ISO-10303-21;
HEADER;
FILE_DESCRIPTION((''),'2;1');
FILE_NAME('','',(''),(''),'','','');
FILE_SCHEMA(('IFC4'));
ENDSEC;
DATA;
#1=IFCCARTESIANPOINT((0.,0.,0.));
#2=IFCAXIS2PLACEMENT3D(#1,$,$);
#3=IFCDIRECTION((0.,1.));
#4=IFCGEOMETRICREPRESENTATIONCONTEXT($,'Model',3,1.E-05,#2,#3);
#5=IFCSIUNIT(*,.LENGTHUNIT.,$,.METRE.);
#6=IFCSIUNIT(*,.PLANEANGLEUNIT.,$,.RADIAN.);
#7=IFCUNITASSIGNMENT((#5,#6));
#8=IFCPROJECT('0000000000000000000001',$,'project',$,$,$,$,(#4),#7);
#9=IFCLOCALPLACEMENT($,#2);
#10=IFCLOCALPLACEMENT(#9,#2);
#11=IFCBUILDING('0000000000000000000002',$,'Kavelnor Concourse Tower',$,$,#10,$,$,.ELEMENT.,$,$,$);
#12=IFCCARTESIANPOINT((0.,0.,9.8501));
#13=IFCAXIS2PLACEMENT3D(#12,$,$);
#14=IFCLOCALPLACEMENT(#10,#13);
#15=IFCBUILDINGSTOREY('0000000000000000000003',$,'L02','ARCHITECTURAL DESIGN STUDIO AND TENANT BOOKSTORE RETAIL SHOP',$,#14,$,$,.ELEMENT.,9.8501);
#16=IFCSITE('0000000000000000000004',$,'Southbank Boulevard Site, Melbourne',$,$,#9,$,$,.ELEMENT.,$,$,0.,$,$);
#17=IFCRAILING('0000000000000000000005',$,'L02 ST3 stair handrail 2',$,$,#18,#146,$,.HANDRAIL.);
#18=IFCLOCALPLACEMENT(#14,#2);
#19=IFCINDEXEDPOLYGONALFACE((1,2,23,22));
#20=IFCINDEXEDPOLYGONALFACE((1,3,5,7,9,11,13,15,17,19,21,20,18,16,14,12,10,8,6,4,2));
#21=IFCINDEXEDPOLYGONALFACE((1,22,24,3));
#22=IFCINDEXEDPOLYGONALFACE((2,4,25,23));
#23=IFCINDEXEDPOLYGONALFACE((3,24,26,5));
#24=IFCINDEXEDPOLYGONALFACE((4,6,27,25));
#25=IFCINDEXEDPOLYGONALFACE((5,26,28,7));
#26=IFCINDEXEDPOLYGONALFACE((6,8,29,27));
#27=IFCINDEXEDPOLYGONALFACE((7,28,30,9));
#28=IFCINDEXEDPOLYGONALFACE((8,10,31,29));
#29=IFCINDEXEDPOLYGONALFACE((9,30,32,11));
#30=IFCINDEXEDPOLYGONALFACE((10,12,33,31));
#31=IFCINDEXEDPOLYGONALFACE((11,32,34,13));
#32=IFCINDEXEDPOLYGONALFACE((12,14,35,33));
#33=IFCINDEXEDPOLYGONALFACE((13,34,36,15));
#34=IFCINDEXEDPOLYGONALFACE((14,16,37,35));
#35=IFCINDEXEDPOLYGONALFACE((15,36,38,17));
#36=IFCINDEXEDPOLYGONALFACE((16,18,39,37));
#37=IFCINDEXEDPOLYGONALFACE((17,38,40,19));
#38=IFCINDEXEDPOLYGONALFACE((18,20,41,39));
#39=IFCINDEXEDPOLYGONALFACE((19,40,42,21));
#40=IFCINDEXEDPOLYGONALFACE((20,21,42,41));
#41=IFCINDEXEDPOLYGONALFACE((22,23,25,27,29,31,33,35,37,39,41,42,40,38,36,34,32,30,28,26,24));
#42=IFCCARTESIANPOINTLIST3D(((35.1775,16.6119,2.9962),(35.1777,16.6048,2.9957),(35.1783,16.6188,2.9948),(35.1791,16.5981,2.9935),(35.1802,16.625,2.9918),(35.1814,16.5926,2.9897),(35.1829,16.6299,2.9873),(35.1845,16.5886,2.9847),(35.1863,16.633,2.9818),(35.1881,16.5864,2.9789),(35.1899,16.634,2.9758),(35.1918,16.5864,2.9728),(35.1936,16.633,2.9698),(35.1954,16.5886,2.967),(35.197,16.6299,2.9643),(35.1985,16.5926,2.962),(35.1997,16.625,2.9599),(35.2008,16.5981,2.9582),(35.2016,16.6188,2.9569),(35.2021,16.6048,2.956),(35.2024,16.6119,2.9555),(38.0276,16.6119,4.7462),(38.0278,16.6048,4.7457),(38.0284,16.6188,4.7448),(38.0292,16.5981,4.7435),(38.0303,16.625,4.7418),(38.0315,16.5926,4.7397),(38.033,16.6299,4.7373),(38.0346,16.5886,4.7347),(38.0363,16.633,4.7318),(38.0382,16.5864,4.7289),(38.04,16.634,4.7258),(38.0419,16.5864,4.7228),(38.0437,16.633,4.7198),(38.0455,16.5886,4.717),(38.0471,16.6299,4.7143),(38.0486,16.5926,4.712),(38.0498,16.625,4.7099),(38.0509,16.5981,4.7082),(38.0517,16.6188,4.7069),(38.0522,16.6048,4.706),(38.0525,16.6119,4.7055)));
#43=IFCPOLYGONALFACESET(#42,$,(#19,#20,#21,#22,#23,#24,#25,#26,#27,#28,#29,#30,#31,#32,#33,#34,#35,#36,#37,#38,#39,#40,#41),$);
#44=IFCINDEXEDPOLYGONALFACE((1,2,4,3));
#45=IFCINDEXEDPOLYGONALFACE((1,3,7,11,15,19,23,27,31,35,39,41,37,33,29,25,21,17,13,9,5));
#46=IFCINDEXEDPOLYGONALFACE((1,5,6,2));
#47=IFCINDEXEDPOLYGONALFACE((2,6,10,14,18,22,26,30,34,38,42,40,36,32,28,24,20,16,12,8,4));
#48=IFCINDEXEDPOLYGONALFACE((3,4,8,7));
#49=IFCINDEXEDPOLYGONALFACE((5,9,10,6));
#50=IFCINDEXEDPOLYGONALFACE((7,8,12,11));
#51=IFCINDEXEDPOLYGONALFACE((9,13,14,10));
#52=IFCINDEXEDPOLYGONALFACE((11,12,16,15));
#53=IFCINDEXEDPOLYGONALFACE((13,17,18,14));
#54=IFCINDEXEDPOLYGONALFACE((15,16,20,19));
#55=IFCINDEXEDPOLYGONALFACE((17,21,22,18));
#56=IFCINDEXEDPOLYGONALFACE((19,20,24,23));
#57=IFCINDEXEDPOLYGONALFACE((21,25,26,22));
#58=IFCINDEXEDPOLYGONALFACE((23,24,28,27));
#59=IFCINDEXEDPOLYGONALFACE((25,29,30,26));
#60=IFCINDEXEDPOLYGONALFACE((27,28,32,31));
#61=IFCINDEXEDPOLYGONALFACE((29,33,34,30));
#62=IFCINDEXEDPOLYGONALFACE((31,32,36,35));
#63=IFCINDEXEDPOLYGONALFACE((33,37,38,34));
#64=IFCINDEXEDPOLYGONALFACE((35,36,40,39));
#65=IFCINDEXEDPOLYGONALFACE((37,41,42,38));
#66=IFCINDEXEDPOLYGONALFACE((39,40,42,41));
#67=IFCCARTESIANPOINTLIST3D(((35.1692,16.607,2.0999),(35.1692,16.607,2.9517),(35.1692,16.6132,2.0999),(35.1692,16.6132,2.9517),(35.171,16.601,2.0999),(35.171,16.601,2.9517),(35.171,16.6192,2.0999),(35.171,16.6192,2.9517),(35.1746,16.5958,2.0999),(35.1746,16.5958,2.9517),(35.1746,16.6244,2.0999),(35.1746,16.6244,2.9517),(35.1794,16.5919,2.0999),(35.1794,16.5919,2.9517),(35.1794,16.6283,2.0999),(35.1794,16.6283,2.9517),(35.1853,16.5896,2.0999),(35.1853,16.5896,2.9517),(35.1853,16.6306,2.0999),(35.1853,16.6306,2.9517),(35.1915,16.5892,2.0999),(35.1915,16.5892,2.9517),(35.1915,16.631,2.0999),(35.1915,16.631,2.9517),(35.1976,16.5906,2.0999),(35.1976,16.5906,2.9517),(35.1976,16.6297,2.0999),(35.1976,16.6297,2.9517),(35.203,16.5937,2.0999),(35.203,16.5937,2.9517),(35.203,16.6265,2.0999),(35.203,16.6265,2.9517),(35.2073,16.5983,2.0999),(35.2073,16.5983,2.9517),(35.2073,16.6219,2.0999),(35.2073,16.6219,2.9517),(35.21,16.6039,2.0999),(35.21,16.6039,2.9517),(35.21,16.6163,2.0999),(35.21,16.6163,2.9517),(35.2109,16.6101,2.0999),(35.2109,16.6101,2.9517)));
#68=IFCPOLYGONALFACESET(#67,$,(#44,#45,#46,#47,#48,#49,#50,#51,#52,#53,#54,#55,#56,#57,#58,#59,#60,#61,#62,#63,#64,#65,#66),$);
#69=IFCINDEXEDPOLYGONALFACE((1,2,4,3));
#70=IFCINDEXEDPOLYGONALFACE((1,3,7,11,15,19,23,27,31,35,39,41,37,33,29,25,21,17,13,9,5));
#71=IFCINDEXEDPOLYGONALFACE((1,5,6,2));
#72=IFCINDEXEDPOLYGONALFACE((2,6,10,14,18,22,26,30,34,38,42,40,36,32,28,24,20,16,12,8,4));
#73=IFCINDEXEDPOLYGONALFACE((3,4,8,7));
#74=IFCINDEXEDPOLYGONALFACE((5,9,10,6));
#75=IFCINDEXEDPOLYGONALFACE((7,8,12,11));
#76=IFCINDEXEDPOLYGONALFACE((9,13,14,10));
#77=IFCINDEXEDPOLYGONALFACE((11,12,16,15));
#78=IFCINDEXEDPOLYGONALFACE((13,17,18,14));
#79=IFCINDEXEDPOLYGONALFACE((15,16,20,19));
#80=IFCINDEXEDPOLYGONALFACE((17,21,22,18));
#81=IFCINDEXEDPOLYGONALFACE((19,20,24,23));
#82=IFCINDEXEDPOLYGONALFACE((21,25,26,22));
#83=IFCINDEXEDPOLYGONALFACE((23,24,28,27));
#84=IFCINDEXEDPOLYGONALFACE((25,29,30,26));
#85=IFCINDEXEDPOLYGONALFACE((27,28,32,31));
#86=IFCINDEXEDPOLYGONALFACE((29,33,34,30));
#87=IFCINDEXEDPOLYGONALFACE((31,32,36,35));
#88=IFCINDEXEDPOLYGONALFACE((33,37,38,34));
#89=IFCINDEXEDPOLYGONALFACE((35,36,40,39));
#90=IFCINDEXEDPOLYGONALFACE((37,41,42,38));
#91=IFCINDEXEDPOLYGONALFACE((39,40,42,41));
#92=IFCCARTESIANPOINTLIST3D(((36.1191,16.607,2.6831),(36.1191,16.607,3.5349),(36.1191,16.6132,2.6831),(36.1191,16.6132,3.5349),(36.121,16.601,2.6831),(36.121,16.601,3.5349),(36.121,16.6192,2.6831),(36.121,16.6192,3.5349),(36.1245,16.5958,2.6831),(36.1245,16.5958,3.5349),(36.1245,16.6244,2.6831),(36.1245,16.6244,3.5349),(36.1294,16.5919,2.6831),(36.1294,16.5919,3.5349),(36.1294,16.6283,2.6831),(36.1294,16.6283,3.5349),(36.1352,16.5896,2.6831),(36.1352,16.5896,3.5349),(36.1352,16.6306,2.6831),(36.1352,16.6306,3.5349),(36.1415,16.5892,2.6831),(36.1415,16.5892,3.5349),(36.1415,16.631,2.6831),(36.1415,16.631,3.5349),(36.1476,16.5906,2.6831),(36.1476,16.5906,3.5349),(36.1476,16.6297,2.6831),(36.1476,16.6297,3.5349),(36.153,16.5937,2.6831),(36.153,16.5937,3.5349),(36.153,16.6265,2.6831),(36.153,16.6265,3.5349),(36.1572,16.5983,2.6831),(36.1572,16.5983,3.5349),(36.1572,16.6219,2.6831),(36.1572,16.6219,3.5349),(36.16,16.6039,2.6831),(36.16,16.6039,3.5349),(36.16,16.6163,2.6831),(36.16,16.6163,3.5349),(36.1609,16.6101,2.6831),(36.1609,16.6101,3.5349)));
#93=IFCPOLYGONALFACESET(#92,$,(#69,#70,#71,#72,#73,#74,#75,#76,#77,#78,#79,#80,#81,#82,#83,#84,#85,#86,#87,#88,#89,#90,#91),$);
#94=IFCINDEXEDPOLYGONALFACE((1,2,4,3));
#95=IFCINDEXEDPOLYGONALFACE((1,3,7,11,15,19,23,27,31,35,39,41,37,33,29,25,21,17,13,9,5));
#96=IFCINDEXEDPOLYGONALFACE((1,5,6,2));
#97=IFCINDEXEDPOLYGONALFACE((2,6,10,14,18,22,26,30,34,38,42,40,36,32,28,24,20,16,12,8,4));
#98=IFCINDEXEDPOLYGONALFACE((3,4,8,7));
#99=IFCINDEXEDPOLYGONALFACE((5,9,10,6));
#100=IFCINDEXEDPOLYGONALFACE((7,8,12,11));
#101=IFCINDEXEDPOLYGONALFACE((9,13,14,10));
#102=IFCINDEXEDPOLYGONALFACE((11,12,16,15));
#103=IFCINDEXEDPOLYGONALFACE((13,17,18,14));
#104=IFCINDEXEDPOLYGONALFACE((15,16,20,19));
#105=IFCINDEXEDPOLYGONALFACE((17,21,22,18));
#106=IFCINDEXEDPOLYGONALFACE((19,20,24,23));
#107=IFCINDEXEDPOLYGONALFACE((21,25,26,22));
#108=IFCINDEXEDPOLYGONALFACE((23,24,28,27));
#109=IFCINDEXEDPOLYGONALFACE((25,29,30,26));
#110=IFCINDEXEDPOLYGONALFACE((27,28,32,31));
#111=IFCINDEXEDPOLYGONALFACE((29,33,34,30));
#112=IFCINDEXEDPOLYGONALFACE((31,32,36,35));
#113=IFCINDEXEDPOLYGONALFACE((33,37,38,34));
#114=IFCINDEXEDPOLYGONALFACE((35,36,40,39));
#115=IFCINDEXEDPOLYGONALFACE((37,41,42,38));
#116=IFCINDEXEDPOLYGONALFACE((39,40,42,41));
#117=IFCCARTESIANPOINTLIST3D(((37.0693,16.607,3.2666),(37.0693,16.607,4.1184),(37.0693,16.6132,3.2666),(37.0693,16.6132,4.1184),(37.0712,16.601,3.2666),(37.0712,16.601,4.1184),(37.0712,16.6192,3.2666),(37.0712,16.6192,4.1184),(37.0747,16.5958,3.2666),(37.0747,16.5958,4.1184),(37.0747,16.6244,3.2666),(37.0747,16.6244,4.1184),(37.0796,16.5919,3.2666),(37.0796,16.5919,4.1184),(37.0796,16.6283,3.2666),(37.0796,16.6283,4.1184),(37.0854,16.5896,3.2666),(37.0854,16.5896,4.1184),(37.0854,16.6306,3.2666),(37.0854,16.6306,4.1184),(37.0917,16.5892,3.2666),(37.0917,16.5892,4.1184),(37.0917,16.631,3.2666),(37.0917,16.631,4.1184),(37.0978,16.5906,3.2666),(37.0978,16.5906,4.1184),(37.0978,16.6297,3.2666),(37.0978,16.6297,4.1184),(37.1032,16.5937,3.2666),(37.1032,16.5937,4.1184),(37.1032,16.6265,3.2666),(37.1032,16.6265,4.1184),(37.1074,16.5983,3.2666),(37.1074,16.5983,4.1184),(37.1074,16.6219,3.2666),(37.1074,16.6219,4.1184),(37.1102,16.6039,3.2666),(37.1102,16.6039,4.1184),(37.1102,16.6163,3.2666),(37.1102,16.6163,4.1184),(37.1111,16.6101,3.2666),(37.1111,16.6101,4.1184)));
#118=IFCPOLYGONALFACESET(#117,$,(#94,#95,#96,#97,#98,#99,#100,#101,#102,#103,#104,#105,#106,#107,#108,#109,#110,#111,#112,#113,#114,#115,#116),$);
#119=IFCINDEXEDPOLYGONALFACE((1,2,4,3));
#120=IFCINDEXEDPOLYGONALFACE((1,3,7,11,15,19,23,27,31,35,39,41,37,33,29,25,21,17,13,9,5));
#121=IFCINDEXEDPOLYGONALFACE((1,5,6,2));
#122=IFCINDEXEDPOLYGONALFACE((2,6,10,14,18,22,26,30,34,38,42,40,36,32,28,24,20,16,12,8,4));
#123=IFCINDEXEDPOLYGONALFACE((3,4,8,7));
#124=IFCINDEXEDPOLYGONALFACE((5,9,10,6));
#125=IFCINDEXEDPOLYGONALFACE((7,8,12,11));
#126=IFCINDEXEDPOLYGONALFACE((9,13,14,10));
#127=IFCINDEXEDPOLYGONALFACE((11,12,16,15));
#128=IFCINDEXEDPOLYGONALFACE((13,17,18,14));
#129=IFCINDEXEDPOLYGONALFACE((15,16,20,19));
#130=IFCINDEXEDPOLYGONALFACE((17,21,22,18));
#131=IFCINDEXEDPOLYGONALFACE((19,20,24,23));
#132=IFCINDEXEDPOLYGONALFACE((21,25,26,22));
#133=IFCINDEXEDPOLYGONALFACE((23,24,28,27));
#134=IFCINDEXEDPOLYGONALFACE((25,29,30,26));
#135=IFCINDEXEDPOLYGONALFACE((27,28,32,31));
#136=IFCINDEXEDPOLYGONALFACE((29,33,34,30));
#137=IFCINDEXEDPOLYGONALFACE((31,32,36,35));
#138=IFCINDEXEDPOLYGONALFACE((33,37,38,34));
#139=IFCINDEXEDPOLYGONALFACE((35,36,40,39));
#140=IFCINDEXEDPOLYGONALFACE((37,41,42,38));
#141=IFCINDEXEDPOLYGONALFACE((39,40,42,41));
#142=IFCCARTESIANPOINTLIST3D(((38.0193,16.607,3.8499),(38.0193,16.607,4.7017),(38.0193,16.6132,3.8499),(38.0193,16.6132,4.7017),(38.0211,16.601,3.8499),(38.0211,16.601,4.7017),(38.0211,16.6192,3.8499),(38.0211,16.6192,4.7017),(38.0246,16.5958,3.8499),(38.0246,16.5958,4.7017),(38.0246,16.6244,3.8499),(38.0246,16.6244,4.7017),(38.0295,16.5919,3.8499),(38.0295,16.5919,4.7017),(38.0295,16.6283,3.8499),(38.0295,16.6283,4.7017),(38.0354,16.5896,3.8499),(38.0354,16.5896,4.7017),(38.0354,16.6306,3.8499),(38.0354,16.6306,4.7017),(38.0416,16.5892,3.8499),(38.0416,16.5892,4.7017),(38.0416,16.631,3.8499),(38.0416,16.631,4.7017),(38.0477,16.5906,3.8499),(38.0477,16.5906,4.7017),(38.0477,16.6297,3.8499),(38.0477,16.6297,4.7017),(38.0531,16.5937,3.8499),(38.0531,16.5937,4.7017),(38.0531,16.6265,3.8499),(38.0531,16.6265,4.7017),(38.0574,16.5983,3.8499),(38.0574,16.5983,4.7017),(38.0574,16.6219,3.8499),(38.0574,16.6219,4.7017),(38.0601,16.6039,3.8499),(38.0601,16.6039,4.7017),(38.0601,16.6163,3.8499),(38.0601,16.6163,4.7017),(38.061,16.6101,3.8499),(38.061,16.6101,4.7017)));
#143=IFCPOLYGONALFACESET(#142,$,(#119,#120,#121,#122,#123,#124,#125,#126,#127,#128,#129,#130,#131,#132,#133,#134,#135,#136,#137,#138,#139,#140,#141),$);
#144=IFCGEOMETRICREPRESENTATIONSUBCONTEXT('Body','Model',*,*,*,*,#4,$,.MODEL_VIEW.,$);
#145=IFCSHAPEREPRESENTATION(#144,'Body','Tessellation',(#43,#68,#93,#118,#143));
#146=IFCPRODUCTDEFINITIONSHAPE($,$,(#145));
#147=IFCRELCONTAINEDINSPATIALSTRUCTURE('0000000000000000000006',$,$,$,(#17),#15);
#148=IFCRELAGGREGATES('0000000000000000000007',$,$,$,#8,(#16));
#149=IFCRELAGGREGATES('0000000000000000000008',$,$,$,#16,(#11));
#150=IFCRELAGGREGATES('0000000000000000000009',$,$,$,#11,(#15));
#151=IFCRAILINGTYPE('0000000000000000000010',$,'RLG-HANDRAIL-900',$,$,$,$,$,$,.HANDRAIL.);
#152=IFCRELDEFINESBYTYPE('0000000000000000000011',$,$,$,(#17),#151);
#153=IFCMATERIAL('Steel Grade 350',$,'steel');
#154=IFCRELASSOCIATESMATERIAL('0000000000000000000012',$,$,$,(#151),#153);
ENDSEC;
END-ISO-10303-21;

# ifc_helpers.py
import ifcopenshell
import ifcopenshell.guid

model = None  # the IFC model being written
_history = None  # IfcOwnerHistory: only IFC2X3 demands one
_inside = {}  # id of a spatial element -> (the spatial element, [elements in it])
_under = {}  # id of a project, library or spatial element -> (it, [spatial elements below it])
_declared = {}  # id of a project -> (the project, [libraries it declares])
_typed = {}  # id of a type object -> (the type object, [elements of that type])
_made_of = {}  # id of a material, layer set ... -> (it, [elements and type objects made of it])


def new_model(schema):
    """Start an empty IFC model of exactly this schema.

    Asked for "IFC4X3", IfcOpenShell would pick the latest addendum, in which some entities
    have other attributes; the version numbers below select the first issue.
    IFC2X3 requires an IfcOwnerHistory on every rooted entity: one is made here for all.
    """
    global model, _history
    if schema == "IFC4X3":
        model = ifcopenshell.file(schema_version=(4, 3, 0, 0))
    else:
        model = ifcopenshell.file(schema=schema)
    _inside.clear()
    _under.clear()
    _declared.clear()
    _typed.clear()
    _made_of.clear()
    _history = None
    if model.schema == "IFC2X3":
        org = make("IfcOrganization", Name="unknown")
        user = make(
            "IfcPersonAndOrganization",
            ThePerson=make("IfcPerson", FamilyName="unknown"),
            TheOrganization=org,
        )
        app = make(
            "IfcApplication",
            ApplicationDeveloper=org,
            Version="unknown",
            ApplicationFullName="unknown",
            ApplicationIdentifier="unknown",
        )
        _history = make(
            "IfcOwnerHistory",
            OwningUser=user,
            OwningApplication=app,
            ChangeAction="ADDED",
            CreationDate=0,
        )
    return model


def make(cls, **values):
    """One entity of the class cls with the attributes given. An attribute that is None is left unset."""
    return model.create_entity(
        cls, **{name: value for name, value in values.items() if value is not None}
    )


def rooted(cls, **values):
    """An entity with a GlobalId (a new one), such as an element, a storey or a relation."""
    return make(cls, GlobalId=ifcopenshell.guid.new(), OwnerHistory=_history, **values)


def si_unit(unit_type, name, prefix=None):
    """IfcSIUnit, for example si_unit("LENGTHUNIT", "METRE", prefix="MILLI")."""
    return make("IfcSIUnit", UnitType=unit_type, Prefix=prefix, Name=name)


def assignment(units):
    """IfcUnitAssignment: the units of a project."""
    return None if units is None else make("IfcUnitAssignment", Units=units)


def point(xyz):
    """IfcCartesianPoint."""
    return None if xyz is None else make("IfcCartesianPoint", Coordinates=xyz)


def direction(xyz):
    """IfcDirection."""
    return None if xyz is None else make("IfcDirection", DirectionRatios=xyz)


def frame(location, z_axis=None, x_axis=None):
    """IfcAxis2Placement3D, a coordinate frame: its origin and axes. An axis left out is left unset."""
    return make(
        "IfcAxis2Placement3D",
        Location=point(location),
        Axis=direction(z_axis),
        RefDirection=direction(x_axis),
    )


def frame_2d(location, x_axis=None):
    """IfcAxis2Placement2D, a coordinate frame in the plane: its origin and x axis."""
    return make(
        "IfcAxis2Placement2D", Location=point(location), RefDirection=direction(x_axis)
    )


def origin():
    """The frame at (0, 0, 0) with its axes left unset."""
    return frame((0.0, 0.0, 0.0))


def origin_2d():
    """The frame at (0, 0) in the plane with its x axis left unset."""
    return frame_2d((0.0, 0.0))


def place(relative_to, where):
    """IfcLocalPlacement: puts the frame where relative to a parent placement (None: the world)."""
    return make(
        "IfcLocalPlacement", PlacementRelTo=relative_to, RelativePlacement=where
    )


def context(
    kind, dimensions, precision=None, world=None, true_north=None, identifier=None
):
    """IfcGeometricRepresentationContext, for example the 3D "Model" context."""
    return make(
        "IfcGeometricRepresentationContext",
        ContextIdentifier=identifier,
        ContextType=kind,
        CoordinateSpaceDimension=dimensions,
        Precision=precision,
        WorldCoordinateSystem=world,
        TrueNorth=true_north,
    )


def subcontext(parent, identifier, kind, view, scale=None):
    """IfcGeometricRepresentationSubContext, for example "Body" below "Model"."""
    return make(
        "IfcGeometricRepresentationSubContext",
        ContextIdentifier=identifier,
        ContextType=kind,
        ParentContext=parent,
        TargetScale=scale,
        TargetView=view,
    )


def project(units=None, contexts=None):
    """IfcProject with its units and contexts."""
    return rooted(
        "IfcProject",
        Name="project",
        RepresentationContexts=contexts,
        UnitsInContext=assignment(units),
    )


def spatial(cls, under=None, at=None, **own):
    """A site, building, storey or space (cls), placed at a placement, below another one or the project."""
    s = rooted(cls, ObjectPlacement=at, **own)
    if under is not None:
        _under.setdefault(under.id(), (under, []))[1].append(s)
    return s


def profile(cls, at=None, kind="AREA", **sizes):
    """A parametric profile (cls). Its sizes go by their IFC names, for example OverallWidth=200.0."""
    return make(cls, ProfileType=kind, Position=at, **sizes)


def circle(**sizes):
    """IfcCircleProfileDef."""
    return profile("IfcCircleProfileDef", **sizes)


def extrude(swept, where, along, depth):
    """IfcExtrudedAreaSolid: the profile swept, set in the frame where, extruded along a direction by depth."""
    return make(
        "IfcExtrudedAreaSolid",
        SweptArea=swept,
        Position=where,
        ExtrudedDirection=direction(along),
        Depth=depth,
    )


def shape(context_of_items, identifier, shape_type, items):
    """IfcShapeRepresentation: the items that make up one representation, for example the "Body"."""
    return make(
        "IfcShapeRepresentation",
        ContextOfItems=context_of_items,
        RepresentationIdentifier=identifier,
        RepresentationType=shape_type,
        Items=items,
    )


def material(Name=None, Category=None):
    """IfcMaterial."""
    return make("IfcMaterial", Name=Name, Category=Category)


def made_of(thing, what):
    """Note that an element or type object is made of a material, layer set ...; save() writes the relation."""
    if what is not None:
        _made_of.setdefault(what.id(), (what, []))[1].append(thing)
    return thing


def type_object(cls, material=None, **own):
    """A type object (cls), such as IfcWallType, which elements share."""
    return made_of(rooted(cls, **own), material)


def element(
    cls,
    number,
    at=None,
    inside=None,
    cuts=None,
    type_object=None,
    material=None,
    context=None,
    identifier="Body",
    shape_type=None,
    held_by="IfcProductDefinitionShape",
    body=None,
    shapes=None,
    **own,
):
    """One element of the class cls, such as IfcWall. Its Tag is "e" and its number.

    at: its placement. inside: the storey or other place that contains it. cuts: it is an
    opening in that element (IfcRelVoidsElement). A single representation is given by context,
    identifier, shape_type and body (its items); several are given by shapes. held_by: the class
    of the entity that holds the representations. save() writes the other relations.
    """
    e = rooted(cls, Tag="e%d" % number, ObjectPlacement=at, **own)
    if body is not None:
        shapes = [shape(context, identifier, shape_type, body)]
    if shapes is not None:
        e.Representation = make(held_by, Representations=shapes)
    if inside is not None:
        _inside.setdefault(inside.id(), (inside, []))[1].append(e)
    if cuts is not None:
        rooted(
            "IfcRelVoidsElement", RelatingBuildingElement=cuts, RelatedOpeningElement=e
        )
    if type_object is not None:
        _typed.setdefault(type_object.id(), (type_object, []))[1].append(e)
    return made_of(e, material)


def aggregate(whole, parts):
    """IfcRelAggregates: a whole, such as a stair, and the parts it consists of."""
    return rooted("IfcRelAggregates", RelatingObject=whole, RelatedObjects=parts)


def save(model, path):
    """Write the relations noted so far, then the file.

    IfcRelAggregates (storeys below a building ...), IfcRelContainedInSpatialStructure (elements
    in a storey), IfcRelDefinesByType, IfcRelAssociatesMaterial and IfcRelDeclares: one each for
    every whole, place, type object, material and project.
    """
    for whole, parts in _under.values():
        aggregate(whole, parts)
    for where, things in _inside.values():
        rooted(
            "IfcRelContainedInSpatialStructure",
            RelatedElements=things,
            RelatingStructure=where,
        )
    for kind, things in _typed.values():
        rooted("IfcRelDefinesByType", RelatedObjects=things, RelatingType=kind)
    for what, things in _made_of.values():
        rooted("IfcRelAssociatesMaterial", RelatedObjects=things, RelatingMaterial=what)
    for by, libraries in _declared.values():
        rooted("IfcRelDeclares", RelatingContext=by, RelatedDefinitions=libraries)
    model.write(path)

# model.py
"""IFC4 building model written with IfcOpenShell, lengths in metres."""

from ifc_helpers import new_model, si_unit, direction, frame, origin, origin_2d, place, context, subcontext, project, spatial, circle, extrude, material, type_object, element, save


model = new_model("IFC4")

# Units and contexts
model_context = context("Model", 3, precision=1e-05, world=origin(), true_north=direction((0.0, 1.0)))
body_context = subcontext(model_context, "Body", "Model", "MODEL_VIEW")
ifc_project = project(units=[si_unit("LENGTHUNIT", "METRE"), si_unit("PLANEANGLEUNIT", "RADIAN")], contexts=[model_context])

# Site, building, storey
site_placement = place(None, origin())
site = spatial("IfcSite", under=ifc_project, at=site_placement, Name="Southbank Boulevard Site, Melbourne", CompositionType="ELEMENT", RefElevation=0.0)
building_placement = place(site_placement, origin())
building = spatial("IfcBuilding", under=site, at=building_placement, Name="Kavelnor Concourse Tower", CompositionType="ELEMENT")
storey_placement = place(building_placement, frame((0.0, 0.0, 9.8501)))
storey = spatial("IfcBuildingStorey", under=building, at=storey_placement, Name="L02", Description="ARCHITECTURAL DESIGN STUDIO AND TENANT BOOKSTORE RETAIL SHOP", CompositionType="ELEMENT", Elevation=9.8501)

# Shared definitions
ifc_material_1 = material(Name="Steel Grade 350", Category="steel")

# Railing
railing_type_1 = type_object("IfcRailingType", Name="RLG-HANDRAIL-900", PredefinedType="HANDRAIL", material=ifc_material_1)
railing_1_placement = place(storey_placement, frame((35.1899, 16.6101, 2.0999)))
element("IfcRailing", 1, at=railing_1_placement, inside=storey, type_object=railing_type_1, Name="L02 ST3 stair handrail 2", PredefinedType="HANDRAIL", context=body_context, shape_type="SweptSolid", body=[
    extrude(circle(Radius=0.0239, at=origin_2d()), frame((0.0, 0.0, 0.876), z_axis=(0.852179, 0.0, 0.52325), x_axis=(0.0, 1.0, 0.0)), (0.0, 0.0, 1.0), 3.3445),
    extrude(circle(Radius=0.021, at=origin_2d()), origin(), (0.0, 0.0, 1.0), 0.8518),
    extrude(circle(Radius=0.021, at=origin_2d()), frame((0.95, 0.0, 0.5833)), (0.0, 0.0, 1.0), 0.8518),
    extrude(circle(Radius=0.021, at=origin_2d()), frame((1.9001, 0.0, 1.1667)), (0.0, 0.0, 1.0), 0.8518),
    extrude(circle(Radius=0.021, at=origin_2d()), frame((2.8501, 0.0, 1.75)), (0.0, 0.0, 1.0), 0.8518),
])

save(model, "model.ifc")
